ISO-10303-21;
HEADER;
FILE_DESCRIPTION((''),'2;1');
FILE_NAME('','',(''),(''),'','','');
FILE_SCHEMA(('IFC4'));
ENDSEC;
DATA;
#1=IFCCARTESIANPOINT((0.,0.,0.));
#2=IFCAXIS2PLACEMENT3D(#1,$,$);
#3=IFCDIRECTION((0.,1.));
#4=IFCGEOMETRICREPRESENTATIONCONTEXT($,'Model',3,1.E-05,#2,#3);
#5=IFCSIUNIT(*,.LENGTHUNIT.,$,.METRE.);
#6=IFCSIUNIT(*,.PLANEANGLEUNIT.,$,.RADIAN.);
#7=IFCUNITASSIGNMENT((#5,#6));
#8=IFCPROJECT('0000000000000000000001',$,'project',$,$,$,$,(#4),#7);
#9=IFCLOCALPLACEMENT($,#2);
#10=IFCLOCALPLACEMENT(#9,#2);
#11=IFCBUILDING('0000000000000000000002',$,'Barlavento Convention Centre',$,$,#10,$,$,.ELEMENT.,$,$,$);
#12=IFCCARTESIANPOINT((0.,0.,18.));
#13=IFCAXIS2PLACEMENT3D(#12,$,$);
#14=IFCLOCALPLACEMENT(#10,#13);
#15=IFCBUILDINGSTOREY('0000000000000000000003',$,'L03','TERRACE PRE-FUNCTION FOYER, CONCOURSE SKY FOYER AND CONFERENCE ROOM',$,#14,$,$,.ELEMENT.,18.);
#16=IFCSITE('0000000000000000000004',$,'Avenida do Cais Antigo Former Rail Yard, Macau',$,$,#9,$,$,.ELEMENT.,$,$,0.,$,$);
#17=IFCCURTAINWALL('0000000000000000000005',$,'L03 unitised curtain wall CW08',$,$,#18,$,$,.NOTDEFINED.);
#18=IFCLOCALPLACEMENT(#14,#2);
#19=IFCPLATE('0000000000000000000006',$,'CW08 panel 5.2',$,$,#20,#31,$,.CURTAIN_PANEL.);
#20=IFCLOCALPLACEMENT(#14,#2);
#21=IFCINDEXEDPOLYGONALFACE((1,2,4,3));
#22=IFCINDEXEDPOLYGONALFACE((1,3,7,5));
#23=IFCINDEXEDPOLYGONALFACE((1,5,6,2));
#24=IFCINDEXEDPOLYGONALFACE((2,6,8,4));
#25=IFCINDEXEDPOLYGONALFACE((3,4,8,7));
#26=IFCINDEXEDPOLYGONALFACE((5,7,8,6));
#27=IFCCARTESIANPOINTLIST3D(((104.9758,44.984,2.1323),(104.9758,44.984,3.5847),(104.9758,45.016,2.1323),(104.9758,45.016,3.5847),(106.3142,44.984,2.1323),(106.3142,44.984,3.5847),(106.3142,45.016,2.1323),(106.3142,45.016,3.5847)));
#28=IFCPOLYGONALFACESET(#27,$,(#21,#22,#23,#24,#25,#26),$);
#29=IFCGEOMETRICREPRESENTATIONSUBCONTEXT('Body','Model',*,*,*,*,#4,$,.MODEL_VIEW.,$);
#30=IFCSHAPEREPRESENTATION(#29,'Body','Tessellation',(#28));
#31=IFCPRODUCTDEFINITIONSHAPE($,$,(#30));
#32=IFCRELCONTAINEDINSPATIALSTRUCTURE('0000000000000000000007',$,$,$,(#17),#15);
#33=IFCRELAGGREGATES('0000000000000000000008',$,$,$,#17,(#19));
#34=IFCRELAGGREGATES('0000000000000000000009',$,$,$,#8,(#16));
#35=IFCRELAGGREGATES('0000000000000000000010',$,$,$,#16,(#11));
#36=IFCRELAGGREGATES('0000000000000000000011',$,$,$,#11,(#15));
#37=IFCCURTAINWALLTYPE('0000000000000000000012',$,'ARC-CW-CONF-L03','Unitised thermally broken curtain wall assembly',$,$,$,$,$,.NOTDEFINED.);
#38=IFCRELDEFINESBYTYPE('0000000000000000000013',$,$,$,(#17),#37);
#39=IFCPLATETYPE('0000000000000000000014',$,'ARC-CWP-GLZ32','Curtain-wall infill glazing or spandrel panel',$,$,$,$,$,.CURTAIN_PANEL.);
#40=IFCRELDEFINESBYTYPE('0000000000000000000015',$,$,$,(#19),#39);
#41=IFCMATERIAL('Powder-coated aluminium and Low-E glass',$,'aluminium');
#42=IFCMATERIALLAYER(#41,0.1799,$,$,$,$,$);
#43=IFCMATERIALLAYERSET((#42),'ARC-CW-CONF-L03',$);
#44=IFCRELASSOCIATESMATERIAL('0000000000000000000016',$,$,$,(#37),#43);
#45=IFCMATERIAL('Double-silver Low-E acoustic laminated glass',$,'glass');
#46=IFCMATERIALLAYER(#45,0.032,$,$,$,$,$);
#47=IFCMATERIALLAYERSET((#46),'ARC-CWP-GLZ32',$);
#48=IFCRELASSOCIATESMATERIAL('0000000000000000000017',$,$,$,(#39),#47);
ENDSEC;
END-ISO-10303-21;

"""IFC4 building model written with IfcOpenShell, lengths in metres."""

from ifc_helpers import new_model, si_unit, direction, frame, origin, origin_2d, place, context, subcontext, project, spatial, rectangle, extrude, material, layer, layer_set, type_object, element, aggregate, save


model = new_model("IFC4")

# Units and contexts
model_context = context("Model", 3, precision=1e-05, world=origin(), true_north=direction((0.0, 1.0)))
body_context = subcontext(model_context, "Body", "Model", "MODEL_VIEW")
ifc_project = project(units=[si_unit("LENGTHUNIT", "METRE"), si_unit("PLANEANGLEUNIT", "RADIAN")], contexts=[model_context])

# Site, building, storey
site_placement = place(None, origin())
site = spatial("IfcSite", under=ifc_project, at=site_placement, Name="Avenida do Cais Antigo Former Rail Yard, Macau", CompositionType="ELEMENT", RefElevation=0.0)
building_placement = place(site_placement, origin())
building = spatial("IfcBuilding", under=site, at=building_placement, Name="Barlavento Convention Centre", CompositionType="ELEMENT")
storey_placement = place(building_placement, frame((0.0, 0.0, 18.0)))
storey = spatial("IfcBuildingStorey", under=building, at=storey_placement, Name="L03", Description="TERRACE PRE-FUNCTION FOYER, CONCOURSE SKY FOYER AND CONFERENCE ROOM", CompositionType="ELEMENT", Elevation=18.0)

# Shared definitions
ifc_material_1 = material(Name="Powder-coated aluminium and Low-E glass", Category="aluminium")
ifc_layer_1 = layer(ifc_material_1, 0.1799)
ifc_layer_set_1 = layer_set([ifc_layer_1], Name="ARC-CW-CONF-L03")
curtain_wall_type = type_object("IfcCurtainWallType", Name="ARC-CW-CONF-L03", Description="Unitised thermally broken curtain wall assembly", PredefinedType="NOTDEFINED", material=ifc_layer_set_1)

# Curtain wall
curtain_wall_1_placement = place(storey_placement, origin())
curtain_wall_1 = element("IfcCurtainWall", 1, at=curtain_wall_1_placement, inside=storey, type_object=curtain_wall_type, Name="L03 unitised curtain wall CW08", PredefinedType="NOTDEFINED")

# Plate
ifc_material_2 = material(Name="Double-silver Low-E acoustic laminated glass", Category="glass")
ifc_layer_2 = layer(ifc_material_2, 0.032)
ifc_layer_set_2 = layer_set([ifc_layer_2], Name="ARC-CWP-GLZ32")
plate_type_1 = type_object("IfcPlateType", Name="ARC-CWP-GLZ32", Description="Curtain-wall infill glazing or spandrel panel", PredefinedType="CURTAIN_PANEL", material=ifc_layer_set_2)
plate_1_placement = place(storey_placement, frame((105.645, 45.0, 2.1323), z_axis=(0.0, 0.0, 1.0), x_axis=(1.0, 0.0, 0.0)))
plate_1 = element("IfcPlate", 2, at=plate_1_placement, type_object=plate_type_1, Name="CW08 panel 5.2", PredefinedType="CURTAIN_PANEL", context=body_context, shape_type="SweptSolid", body=[
    extrude(rectangle(XDim=1.3384, YDim=0.032, at=origin_2d()), origin(), (0.0, 0.0, 1.0), 1.4524),
])
aggregate(curtain_wall_1, [plate_1])

save(model, "model.ifc")
